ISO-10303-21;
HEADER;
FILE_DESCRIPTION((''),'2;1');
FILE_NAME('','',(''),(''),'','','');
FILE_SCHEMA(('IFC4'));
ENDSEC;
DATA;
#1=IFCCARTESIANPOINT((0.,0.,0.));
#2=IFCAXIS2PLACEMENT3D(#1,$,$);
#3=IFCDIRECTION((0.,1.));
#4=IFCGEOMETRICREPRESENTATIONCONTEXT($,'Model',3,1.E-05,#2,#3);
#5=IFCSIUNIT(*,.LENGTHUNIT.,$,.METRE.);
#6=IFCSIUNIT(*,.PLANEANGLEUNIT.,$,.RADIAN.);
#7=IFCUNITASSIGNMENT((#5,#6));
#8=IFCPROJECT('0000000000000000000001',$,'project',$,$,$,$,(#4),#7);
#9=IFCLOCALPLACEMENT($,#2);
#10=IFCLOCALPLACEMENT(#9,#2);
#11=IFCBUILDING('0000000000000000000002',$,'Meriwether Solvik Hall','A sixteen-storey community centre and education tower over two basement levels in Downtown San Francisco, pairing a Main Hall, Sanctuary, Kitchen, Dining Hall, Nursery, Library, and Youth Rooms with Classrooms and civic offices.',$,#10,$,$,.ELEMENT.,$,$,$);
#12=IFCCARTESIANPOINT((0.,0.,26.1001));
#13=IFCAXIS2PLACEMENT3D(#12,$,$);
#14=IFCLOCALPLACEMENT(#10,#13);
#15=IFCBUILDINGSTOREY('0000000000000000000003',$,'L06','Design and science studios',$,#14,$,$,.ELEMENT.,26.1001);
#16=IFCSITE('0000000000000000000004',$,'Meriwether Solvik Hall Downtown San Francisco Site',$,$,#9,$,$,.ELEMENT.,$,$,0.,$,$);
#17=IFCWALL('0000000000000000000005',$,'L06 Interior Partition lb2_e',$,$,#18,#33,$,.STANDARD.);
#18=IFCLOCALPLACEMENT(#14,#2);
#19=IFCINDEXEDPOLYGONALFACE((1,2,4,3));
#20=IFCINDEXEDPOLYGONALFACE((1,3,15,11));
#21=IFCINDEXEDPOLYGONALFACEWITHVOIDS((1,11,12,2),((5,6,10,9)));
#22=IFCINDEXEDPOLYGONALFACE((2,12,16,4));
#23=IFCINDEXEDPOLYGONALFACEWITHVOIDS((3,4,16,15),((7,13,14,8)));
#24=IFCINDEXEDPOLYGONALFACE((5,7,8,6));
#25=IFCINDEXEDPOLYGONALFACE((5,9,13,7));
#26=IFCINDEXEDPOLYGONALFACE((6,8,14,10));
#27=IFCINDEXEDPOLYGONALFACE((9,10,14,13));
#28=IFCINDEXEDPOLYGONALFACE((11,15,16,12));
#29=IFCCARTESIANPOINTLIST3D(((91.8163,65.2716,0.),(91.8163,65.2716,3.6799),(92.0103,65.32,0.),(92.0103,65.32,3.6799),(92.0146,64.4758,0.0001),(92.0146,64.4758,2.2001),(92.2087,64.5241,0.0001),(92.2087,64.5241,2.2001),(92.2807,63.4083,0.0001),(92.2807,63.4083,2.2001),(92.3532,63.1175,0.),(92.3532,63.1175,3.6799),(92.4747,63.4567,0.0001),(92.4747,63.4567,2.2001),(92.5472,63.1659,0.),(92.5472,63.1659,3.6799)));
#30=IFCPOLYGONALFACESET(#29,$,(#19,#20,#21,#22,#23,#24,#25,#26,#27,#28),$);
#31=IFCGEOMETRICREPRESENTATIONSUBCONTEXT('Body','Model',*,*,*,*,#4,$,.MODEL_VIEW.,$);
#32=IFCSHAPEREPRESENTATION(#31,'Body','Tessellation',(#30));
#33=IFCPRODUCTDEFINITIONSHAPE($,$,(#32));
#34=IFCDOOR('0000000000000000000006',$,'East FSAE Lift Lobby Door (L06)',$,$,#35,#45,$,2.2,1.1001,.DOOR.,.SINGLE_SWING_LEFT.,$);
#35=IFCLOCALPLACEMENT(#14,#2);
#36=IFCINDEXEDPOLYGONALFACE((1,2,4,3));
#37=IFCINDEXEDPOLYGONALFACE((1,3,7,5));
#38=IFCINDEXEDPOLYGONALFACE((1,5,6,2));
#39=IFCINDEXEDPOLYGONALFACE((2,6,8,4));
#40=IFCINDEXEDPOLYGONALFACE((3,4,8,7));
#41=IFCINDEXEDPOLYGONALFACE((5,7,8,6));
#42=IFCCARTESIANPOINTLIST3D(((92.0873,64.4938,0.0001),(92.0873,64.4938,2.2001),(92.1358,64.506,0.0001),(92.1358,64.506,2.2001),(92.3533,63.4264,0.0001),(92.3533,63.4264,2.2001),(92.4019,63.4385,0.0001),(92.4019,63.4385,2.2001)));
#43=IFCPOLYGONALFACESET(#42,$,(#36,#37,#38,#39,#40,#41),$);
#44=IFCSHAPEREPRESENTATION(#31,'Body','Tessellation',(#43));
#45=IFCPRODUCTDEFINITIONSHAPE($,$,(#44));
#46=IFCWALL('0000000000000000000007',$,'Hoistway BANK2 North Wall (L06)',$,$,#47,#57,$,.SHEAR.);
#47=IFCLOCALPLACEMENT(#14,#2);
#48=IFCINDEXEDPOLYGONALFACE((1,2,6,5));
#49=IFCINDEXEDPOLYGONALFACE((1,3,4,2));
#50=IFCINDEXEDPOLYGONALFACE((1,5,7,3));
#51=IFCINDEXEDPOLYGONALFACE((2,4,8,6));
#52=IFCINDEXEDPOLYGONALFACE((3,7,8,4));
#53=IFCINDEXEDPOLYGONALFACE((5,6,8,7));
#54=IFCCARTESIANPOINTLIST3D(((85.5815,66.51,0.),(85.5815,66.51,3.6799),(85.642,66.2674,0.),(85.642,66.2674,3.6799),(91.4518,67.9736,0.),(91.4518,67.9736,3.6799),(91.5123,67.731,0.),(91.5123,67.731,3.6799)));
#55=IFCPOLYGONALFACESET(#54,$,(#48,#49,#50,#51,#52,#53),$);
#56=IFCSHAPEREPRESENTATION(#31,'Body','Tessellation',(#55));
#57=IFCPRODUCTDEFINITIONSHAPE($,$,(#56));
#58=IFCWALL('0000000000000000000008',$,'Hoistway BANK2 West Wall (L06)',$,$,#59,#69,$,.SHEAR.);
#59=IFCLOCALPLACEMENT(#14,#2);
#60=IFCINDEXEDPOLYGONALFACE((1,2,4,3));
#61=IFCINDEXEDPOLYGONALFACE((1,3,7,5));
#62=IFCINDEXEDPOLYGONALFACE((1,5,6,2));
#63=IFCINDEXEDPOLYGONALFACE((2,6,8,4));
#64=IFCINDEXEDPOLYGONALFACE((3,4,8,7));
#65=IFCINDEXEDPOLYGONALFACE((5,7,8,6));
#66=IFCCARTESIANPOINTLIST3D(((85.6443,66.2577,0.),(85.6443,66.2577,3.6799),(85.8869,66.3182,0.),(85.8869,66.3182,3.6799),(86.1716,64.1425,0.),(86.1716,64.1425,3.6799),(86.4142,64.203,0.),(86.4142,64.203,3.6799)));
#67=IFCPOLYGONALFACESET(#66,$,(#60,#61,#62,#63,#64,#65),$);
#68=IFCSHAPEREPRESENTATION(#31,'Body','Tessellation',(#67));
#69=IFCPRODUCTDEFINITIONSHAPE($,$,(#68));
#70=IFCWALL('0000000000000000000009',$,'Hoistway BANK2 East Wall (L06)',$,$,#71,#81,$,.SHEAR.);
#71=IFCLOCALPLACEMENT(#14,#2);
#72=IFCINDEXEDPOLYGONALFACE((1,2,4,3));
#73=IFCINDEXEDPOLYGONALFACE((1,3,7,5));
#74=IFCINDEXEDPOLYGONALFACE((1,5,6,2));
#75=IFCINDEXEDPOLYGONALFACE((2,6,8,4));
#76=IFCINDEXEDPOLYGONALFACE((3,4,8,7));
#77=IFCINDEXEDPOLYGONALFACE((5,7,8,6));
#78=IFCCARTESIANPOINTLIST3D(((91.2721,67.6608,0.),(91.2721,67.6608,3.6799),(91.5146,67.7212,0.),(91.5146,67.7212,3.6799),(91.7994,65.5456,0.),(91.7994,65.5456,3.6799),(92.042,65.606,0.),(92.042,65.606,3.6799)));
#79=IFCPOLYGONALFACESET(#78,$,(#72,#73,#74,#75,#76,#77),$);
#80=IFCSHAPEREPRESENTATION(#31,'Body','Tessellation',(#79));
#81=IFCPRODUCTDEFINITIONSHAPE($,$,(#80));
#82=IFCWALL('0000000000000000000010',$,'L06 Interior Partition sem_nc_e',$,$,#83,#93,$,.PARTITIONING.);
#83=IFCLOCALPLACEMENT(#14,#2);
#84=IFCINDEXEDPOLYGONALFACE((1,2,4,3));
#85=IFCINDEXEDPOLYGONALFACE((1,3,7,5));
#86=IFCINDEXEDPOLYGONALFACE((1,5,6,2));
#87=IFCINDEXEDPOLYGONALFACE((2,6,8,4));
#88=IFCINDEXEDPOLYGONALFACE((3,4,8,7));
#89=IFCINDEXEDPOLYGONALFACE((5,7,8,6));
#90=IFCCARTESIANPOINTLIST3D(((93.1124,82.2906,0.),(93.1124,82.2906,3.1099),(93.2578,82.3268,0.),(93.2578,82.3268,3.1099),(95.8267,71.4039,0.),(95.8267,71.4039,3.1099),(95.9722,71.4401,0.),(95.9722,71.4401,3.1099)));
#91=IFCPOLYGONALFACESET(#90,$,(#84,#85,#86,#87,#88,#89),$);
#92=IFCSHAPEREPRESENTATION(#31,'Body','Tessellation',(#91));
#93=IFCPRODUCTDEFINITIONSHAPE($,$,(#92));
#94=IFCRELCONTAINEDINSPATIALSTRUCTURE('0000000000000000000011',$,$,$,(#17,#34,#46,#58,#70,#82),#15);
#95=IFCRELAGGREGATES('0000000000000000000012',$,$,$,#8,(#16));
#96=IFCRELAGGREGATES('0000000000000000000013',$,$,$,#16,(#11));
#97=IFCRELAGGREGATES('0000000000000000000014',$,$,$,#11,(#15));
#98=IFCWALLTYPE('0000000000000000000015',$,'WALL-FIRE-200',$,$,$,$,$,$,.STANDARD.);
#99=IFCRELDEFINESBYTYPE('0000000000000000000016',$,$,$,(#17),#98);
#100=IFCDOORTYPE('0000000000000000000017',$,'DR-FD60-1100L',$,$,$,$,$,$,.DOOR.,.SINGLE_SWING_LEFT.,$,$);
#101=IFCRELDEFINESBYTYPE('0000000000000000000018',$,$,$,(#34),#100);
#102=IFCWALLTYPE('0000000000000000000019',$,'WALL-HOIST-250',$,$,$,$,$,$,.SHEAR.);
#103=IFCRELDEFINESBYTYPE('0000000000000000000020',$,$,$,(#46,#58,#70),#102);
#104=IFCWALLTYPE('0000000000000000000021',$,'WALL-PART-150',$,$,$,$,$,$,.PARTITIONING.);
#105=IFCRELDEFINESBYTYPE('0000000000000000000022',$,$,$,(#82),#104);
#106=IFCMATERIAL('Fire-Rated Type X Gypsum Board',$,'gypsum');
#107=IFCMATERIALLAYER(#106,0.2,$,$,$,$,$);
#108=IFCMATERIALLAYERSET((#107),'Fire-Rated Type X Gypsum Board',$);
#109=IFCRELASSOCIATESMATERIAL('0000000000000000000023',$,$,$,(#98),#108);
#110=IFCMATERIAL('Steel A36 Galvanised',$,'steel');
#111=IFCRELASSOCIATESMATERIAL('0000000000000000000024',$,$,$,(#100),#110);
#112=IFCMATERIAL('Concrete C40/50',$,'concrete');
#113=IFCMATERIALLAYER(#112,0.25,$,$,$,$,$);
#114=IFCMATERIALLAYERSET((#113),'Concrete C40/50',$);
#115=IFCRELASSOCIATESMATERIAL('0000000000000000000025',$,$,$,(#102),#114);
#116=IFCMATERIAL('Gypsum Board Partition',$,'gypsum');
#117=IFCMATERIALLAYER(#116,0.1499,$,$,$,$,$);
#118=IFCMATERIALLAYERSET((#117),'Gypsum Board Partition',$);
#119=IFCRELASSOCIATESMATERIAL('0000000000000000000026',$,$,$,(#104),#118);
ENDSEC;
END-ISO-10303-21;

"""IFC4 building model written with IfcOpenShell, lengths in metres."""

from ifc_helpers import new_model, si_unit, direction, frame, frame_2d, origin, place, context, subcontext, project, spatial, rectangle, extrude, material, layer, layer_set, type_object, element, fill, save


model = new_model("IFC4")

# Units and contexts
model_context = context("Model", 3, precision=1e-05, world=origin(), true_north=direction((0.0, 1.0)))
body_context = subcontext(model_context, "Body", "Model", "MODEL_VIEW")
ifc_project = project(units=[si_unit("LENGTHUNIT", "METRE"), si_unit("PLANEANGLEUNIT", "RADIAN")], contexts=[model_context])

# Site, building, storey
site_placement = place(None, origin())
site = spatial("IfcSite", under=ifc_project, at=site_placement, Name="Meriwether Solvik Hall Downtown San Francisco Site", CompositionType="ELEMENT", RefElevation=0.0)
building_placement = place(site_placement, origin())
building = spatial("IfcBuilding", under=site, at=building_placement, Name="Meriwether Solvik Hall", Description="A sixteen-storey community centre and education tower over two basement levels in Downtown San Francisco, pairing a Main Hall, Sanctuary, Kitchen, Dining Hall, Nursery, Library, and Youth Rooms with Classrooms and civic offices.", CompositionType="ELEMENT")
storey_placement = place(building_placement, frame((0.0, 0.0, 26.1001)))
storey = spatial("IfcBuildingStorey", under=building, at=storey_placement, Name="L06", Description="Design and science studios", CompositionType="ELEMENT", Elevation=26.1001)

# Wall, opening, door
ifc_material_1 = material(Name="Fire-Rated Type X Gypsum Board", Category="gypsum")
ifc_layer_1 = layer(ifc_material_1, 0.2)
ifc_layer_set_1 = layer_set([ifc_layer_1], Name="Fire-Rated Type X Gypsum Board")
wall_type_1 = type_object("IfcWallType", Name="WALL-FIRE-200", PredefinedType="STANDARD", material=ifc_layer_set_1)
wall_1_placement = place(storey_placement, frame((91.9133, 65.2957, 0.0), z_axis=(0.0, 0.0, 1.0), x_axis=(0.241837, -0.970317, 0.0)))
wall_1 = element("IfcWall", 1, at=wall_1_placement, inside=storey, type_object=wall_type_1, Name="L06 Interior Partition lb2_e", PredefinedType="STANDARD", context=body_context, shape_type="SweptSolid", body=[
    extrude(rectangle(XDim=2.22, YDim=0.2, at=frame_2d((1.1099, 0.0))), origin(), (0.0, 0.0, 1.0), 3.6799),
])
opening_placement = place(wall_1_placement, frame((0.8201, 0.0, 0.0)))
opening = element("IfcOpeningElement", 2, at=opening_placement, cuts=wall_1, PredefinedType="OPENING", context=body_context, shape_type="SweptSolid", body=[
    extrude(rectangle(XDim=1.1001, YDim=2.2, at=frame_2d((0.55, 1.1001))), frame((0.0, 0.1118, 0.0), z_axis=(0.0, -1.0, 0.0), x_axis=(1.0, 0.0, 0.0)), (0.0, 0.0, 1.0), 0.2239),
])
ifc_material_2 = material(Name="Steel A36 Galvanised", Category="steel")
door_type = type_object("IfcDoorType", Name="DR-FD60-1100L", OperationType="SINGLE_SWING_LEFT", PredefinedType="DOOR", material=ifc_material_2)
door_placement = place(opening_placement, origin())
door = element("IfcDoor", 3, at=door_placement, inside=storey, type_object=door_type, Name="East FSAE Lift Lobby Door (L06)", OperationType="SINGLE_SWING_LEFT", OverallHeight=2.2, OverallWidth=1.1001, PredefinedType="DOOR", context=body_context, shape_type="SweptSolid", body=[
    extrude(rectangle(XDim=1.1001, YDim=2.2, at=frame_2d((0.55, 1.1001))), frame((0.0, 0.0249, 0.0), z_axis=(0.0, -1.0, 0.0), x_axis=(1.0, 0.0, 0.0)), (0.0, 0.0, 1.0), 0.05),
])
fill(opening, door)

# Walls
ifc_material_3 = material(Name="Concrete C40/50", Category="concrete")
ifc_layer_2 = layer(ifc_material_3, 0.25)
ifc_layer_set_2 = layer_set([ifc_layer_2], Name="Concrete C40/50")
wall_type_2 = type_object("IfcWallType", Name="WALL-HOIST-250", PredefinedType="SHEAR", material=ifc_layer_set_2)
wall_2_placement = place(storey_placement, frame((91.4819, 67.8523, 0.0), z_axis=(0.0, 0.0, 1.0), x_axis=(-0.970297, -0.241918, 0.0)))
element("IfcWall", 4, at=wall_2_placement, inside=storey, type_object=wall_type_2, Name="Hoistway BANK2 North Wall (L06)", PredefinedType="SHEAR", context=body_context, shape_type="SweptSolid", body=[
    extrude(rectangle(XDim=6.05, YDim=0.25, at=frame_2d((3.0249, 0.0))), origin(), (0.0, 0.0, 1.0), 3.6799),
])
for number, where, z_axis, x_axis, name in (
    (5, (85.7656, 66.2878, 0.0), (0.0, 0.0, 1.0), (0.241903, -0.9703, 0.0), "Hoistway BANK2 West Wall (L06)"),
    (6, (91.9207, 65.5759, 0.0), (0.0, 0.0, 1.0), (-0.241903, 0.9703, 0.0), "Hoistway BANK2 East Wall (L06)"),
):
    element("IfcWall", number, at=place(storey_placement, frame(where, z_axis=z_axis, x_axis=x_axis)), inside=storey, type_object=wall_type_2, Name=name, PredefinedType="SHEAR", context=body_context, shape_type="SweptSolid", body=[
        extrude(rectangle(XDim=2.1799, YDim=0.25, at=frame_2d((1.0898, 0.0))), origin(), (0.0, 0.0, 1.0), 3.6799),
    ])
ifc_material_4 = material(Name="Gypsum Board Partition", Category="gypsum")
ifc_layer_3 = layer(ifc_material_4, 0.1499)
ifc_layer_set_3 = layer_set([ifc_layer_3], Name="Gypsum Board Partition")
wall_type_3 = type_object("IfcWallType", Name="WALL-PART-150", PredefinedType="PARTITIONING", material=ifc_layer_set_3)
wall_3_placement = place(storey_placement, frame((95.8994, 71.4221, 0.0), z_axis=(0.0, 0.0, 1.0), x_axis=(-0.241921, 0.970296, 0.0)))
element("IfcWall", 7, at=wall_3_placement, inside=storey, type_object=wall_type_3, Name="L06 Interior Partition sem_nc_e", PredefinedType="PARTITIONING", context=body_context, shape_type="SweptSolid", body=[
    extrude(rectangle(XDim=11.22, YDim=0.1499, at=frame_2d((5.6099, 0.0))), origin(), (0.0, 0.0, 1.0), 3.1099),
])

save(model, "model.ifc")
